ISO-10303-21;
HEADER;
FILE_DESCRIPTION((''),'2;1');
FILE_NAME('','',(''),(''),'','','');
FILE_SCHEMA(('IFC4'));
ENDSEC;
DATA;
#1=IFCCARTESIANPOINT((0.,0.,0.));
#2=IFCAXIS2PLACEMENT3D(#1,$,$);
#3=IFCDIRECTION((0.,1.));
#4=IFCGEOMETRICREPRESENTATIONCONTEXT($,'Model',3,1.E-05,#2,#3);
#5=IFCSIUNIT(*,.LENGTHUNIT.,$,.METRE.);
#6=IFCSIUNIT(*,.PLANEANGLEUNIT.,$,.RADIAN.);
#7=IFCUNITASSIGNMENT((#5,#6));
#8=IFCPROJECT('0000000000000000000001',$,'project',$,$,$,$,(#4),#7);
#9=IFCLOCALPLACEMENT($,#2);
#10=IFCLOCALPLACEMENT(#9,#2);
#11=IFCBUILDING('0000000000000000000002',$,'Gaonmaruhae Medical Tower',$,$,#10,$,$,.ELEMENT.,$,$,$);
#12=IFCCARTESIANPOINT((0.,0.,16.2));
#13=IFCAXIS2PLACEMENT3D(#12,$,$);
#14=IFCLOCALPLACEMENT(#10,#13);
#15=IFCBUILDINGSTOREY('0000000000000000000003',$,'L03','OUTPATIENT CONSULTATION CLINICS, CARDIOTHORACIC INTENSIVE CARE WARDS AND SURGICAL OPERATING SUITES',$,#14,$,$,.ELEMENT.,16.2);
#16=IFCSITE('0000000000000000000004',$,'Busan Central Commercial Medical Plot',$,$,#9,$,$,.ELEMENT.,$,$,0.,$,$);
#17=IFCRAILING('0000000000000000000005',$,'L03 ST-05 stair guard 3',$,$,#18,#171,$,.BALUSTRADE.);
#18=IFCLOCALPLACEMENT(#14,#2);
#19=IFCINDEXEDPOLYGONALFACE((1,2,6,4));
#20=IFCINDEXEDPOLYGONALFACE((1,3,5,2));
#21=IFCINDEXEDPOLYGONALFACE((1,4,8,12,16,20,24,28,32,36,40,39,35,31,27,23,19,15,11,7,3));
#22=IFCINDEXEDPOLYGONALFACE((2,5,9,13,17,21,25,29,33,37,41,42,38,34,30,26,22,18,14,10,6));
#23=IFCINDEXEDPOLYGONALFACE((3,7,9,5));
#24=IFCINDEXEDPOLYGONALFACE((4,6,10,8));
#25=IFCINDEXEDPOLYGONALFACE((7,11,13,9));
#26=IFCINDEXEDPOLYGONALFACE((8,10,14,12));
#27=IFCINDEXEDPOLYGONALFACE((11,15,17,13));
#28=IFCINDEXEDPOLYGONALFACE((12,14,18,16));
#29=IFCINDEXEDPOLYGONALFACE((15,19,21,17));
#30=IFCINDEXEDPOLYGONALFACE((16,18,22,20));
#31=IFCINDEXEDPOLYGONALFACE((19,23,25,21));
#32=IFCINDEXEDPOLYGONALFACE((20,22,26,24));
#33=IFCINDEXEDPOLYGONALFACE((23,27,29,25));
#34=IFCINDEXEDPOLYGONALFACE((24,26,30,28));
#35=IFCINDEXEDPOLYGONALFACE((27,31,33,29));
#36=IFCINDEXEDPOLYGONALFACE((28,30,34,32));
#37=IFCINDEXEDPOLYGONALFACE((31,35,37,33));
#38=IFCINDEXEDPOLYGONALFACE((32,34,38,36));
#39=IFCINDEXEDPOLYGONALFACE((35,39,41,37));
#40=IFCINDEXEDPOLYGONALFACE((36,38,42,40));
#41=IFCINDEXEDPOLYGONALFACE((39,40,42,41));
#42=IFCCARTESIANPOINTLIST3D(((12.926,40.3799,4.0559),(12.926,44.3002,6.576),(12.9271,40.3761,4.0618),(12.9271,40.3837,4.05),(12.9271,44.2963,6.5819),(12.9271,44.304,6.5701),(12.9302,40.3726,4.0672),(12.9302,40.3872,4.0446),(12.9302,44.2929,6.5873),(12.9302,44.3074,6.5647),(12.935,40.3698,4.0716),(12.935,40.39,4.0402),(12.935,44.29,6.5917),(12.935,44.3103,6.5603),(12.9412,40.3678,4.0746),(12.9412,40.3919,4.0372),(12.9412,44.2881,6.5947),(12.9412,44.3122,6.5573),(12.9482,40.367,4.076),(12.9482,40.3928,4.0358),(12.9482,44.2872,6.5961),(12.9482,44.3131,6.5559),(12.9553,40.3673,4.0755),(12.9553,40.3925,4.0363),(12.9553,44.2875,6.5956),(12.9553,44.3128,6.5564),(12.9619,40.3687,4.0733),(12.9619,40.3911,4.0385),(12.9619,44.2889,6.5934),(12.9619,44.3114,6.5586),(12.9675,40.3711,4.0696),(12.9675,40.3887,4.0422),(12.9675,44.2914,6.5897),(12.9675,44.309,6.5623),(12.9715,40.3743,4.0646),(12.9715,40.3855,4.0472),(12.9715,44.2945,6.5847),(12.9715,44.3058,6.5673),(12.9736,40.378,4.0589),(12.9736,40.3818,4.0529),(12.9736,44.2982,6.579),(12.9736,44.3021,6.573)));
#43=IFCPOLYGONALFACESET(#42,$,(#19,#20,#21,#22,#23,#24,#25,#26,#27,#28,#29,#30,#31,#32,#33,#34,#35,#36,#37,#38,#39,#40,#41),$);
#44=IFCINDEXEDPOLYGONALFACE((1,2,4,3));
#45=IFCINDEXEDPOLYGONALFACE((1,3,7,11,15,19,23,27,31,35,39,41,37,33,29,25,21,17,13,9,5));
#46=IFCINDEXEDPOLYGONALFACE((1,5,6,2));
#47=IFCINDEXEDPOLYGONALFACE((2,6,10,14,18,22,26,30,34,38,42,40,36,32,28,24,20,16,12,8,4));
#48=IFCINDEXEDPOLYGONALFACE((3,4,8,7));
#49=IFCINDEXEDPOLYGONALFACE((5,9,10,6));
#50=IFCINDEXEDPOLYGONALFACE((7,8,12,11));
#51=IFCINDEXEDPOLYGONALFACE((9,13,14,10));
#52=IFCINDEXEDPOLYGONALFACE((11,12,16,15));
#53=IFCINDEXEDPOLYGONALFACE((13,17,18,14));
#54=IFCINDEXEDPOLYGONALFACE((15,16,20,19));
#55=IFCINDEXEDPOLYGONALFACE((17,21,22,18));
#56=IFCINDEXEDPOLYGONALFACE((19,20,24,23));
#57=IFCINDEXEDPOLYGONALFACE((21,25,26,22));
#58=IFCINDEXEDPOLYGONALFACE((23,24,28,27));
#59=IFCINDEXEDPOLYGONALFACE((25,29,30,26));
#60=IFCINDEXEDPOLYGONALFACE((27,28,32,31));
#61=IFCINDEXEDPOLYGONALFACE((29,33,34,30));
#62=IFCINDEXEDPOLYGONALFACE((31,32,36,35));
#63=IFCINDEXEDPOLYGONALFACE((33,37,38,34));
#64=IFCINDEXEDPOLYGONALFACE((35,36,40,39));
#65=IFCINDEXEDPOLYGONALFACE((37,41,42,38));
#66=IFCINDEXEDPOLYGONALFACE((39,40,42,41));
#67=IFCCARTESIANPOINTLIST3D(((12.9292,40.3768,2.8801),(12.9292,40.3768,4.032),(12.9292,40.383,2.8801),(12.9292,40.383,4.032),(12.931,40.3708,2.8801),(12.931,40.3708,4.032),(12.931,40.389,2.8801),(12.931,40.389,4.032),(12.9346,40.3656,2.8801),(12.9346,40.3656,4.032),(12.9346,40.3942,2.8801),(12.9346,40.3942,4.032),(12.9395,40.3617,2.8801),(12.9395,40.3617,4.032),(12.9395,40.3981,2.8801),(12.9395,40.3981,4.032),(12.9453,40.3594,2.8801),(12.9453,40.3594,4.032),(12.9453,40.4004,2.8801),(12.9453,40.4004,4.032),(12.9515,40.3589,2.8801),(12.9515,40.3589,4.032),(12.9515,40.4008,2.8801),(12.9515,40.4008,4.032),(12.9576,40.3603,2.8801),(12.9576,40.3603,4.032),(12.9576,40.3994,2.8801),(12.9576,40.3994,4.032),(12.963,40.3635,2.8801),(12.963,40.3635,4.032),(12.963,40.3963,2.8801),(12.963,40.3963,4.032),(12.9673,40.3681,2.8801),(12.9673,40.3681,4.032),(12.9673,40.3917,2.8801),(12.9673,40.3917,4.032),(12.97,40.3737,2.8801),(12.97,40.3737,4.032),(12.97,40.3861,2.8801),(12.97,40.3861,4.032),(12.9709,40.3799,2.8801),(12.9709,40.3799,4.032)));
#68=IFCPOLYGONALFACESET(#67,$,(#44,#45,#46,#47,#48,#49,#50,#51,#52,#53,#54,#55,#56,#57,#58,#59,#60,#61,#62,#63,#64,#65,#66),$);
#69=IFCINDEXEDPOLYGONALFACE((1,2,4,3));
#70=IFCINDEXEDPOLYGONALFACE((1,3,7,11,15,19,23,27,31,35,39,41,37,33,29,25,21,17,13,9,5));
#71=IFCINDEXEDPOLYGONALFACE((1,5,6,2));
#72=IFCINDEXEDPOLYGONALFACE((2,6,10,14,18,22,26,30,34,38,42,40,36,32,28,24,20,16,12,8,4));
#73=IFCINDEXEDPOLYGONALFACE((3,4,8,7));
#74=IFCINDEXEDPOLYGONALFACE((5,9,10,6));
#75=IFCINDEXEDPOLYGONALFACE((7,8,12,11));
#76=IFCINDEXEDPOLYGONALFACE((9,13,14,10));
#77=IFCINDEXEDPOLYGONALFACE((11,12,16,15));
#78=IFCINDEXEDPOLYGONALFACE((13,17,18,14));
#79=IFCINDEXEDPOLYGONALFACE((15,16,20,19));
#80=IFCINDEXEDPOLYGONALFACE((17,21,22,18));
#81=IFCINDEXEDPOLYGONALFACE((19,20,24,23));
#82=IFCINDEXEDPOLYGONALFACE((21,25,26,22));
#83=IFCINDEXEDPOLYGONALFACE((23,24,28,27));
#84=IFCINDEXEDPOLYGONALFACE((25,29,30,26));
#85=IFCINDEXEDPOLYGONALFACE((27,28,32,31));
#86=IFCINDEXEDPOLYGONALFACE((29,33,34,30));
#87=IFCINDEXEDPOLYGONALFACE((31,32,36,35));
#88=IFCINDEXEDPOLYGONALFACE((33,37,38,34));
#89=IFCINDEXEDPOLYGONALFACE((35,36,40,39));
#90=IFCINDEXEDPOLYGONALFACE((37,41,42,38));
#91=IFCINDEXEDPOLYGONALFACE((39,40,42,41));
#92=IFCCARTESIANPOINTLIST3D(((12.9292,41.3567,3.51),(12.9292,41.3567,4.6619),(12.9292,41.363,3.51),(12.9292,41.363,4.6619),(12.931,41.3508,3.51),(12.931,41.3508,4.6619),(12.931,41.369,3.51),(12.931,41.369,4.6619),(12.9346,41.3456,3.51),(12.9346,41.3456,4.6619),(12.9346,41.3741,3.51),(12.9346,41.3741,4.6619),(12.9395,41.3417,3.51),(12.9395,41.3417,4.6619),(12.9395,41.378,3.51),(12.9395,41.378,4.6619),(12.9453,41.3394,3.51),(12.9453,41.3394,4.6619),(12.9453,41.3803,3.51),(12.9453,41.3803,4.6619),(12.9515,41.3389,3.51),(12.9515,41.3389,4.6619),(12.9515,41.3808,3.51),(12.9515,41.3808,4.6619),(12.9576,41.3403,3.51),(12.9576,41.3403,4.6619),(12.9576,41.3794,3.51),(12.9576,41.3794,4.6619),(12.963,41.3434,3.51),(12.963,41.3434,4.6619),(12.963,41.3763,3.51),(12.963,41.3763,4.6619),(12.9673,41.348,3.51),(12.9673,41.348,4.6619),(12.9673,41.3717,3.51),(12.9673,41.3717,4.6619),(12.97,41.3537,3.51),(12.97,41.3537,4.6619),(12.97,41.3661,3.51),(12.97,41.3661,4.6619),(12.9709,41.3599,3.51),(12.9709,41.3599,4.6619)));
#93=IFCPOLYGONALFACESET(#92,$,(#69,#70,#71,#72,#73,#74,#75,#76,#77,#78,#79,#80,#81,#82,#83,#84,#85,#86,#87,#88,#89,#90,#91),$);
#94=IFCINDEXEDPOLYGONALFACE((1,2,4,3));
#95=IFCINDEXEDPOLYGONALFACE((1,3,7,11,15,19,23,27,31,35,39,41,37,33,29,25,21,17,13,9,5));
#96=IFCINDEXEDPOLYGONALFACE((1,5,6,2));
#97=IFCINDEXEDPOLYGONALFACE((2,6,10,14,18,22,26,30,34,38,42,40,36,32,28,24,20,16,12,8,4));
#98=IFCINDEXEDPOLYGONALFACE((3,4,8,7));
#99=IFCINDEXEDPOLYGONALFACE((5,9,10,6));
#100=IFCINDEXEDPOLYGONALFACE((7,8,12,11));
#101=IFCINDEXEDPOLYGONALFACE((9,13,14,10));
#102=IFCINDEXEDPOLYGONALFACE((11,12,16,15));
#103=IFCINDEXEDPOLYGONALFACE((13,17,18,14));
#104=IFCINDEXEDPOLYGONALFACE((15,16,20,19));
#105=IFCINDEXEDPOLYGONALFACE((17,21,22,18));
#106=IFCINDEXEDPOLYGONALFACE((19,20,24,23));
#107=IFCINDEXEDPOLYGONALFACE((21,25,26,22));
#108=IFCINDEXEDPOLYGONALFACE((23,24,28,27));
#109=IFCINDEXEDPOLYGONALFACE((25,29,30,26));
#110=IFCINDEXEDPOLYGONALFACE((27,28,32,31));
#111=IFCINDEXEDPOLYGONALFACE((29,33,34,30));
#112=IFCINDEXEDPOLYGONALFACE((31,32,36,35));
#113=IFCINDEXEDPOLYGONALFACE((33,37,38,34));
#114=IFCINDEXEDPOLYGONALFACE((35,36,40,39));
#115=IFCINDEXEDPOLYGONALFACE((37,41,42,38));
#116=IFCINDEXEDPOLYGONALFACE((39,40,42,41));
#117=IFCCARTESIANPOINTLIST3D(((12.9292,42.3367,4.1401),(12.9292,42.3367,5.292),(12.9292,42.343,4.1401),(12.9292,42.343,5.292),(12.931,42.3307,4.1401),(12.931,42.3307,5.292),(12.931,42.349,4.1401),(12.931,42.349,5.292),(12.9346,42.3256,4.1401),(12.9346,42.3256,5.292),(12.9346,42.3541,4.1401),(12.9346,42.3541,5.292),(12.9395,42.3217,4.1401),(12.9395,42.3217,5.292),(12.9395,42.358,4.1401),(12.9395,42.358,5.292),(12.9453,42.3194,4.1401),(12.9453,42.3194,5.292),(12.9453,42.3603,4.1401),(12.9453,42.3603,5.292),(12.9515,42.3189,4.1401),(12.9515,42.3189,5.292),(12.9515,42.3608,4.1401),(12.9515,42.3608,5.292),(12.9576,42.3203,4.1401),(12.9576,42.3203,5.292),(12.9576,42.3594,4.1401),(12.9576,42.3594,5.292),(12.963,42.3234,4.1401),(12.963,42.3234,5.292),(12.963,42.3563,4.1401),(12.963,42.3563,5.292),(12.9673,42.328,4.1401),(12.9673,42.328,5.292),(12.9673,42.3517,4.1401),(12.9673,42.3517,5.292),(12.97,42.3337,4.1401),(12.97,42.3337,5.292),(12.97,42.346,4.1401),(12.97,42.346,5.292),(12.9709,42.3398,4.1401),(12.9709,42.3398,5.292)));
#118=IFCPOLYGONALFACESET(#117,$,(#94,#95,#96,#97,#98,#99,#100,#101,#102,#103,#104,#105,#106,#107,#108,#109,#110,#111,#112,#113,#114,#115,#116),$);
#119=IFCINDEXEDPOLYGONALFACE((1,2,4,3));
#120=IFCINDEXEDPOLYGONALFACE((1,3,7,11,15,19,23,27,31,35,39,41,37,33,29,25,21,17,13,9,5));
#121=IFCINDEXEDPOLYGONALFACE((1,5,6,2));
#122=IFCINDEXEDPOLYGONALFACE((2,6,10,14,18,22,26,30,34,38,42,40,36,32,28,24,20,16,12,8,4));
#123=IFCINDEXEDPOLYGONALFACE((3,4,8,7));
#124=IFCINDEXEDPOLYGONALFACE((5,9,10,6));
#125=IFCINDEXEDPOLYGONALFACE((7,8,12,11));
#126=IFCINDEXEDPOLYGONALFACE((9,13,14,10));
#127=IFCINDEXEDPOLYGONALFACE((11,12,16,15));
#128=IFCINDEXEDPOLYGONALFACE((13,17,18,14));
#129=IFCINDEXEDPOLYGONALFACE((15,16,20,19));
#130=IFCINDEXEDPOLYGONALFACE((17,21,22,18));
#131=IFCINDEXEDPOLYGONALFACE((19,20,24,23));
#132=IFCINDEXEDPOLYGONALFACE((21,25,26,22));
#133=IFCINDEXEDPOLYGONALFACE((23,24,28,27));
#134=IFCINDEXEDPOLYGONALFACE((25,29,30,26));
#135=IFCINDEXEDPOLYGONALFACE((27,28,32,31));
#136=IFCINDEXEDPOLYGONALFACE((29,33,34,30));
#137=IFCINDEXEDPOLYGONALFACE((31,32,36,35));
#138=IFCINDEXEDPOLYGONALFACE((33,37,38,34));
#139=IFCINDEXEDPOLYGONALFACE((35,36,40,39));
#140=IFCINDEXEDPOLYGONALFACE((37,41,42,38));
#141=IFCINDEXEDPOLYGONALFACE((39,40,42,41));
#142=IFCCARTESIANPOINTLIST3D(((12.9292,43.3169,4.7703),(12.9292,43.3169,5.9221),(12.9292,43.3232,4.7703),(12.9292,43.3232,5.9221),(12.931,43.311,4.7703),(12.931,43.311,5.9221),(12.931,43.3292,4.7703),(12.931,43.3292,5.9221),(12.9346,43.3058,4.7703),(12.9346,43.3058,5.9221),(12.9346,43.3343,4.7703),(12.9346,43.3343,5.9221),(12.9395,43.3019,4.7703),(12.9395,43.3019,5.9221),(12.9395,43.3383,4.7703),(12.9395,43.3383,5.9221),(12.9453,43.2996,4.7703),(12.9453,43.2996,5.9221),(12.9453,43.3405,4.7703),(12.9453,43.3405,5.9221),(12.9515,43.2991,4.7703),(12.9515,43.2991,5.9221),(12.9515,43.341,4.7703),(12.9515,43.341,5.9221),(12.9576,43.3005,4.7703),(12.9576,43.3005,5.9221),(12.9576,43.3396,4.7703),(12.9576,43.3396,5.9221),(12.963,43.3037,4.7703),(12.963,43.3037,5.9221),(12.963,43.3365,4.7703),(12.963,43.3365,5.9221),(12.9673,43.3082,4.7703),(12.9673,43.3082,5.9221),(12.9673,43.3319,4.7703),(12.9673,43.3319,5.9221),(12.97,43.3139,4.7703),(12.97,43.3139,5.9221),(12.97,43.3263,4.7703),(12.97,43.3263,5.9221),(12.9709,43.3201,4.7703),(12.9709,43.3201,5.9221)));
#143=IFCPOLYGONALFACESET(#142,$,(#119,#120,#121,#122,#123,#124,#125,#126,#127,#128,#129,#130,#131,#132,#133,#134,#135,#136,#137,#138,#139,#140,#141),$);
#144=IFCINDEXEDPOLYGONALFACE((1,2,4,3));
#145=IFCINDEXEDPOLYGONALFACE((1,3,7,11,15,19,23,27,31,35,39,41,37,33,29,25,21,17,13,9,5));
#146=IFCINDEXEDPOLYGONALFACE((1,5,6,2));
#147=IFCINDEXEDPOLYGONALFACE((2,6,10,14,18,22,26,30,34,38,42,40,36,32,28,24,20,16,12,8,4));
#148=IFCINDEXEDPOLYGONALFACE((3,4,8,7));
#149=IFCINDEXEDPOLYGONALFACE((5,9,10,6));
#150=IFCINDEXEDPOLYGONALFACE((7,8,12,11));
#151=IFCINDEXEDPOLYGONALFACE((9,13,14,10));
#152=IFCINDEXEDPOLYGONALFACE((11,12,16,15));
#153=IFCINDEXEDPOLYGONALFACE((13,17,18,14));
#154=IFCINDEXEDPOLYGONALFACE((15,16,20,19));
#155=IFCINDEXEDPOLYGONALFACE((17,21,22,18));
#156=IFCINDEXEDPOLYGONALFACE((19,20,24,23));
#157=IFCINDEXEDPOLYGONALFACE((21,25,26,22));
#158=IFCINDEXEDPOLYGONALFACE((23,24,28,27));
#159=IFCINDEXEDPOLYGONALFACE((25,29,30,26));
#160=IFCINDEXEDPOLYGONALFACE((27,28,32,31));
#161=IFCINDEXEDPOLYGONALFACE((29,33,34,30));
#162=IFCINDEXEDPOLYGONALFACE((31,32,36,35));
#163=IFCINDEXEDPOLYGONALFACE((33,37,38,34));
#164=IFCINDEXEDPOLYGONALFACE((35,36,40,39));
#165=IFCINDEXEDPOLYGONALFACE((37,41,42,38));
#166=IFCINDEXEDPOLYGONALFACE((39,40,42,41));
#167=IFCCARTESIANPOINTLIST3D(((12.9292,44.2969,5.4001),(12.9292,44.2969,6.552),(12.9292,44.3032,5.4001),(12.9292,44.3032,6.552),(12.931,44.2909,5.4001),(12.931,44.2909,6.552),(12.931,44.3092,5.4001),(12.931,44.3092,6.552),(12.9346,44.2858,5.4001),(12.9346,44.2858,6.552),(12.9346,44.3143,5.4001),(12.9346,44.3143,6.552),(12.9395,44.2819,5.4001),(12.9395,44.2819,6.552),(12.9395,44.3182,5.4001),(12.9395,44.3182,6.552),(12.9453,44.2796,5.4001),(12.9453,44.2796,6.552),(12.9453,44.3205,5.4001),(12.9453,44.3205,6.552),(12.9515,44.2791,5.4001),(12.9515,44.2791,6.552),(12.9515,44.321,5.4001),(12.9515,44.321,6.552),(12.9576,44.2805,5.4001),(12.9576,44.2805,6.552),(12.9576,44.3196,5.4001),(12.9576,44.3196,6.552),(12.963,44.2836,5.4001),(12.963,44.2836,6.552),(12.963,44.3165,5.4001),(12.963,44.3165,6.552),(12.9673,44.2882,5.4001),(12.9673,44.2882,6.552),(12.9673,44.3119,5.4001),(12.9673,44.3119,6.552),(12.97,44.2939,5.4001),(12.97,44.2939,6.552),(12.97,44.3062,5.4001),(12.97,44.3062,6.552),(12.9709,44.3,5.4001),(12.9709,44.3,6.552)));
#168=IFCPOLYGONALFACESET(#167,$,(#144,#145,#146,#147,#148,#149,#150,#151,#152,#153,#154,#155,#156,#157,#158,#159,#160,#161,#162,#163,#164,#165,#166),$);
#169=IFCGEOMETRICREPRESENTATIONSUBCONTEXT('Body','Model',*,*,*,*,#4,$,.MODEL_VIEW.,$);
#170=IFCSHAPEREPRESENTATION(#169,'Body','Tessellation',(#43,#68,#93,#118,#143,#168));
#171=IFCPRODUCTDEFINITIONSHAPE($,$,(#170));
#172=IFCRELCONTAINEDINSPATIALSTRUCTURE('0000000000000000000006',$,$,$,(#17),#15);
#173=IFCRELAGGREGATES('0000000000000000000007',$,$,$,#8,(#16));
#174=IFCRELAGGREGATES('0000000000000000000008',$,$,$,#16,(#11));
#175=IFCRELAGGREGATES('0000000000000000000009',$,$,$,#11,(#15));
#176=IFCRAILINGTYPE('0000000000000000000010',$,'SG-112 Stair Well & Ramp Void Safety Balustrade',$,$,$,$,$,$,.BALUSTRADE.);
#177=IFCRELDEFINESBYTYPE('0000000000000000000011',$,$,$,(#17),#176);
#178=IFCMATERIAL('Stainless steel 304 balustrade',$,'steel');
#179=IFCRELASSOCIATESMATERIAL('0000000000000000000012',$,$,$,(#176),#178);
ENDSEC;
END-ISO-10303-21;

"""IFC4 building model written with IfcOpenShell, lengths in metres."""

from ifc_helpers import new_model, si_unit, direction, frame, origin, origin_2d, place, context, subcontext, project, spatial, circle, extrude, material, type_object, element, save


model = new_model("IFC4")

# Units and contexts
model_context = context("Model", 3, precision=1e-05, world=origin(), true_north=direction((0.0, 1.0)))
body_context = subcontext(model_context, "Body", "Model", "MODEL_VIEW")
ifc_project = project(units=[si_unit("LENGTHUNIT", "METRE"), si_unit("PLANEANGLEUNIT", "RADIAN")], contexts=[model_context])

# Site, building, storey
site_placement = place(None, origin())
site = spatial("IfcSite", under=ifc_project, at=site_placement, Name="Busan Central Commercial Medical Plot", CompositionType="ELEMENT", RefElevation=0.0)
building_placement = place(site_placement, origin())
building = spatial("IfcBuilding", under=site, at=building_placement, Name="Gaonmaruhae Medical Tower", CompositionType="ELEMENT")
storey_placement = place(building_placement, frame((0.0, 0.0, 16.2)))
storey = spatial("IfcBuildingStorey", under=building, at=storey_placement, Name="L03", Description="OUTPATIENT CONSULTATION CLINICS, CARDIOTHORACIC INTENSIVE CARE WARDS AND SURGICAL OPERATING SUITES", CompositionType="ELEMENT", Elevation=16.2)

# Railing
ifc_material_1 = material(Name="Stainless steel 304 balustrade", Category="steel")
railing_type_1 = type_object("IfcRailingType", Name="SG-112 Stair Well & Ramp Void Safety Balustrade", PredefinedType="BALUSTRADE", material=ifc_material_1)
railing_1_placement = place(storey_placement, frame((12.95, 40.3799, 2.8801)))
element("IfcRailing", 1, at=railing_1_placement, inside=storey, type_object=railing_type_1, Name="L03 ST-05 stair guard 3", PredefinedType="BALUSTRADE", context=body_context, shape_type="SweptSolid", body=[
    extrude(circle(Radius=0.0239, at=origin_2d()), frame((0.0, 0.0, 1.1758), z_axis=(0.0, 0.841187, 0.540744), x_axis=(-1.0, 0.0, 0.0)), (0.0, 0.0, 1.0), 4.6604),
    extrude(circle(Radius=0.021, at=origin_2d()), origin(), (0.0, 0.0, 1.0), 1.1519),
    extrude(circle(Radius=0.021, at=origin_2d()), frame((0.0, 0.98, 0.6299)), (0.0, 0.0, 1.0), 1.1519),
    extrude(circle(Radius=0.021, at=origin_2d()), frame((0.0, 1.96, 1.26)), (0.0, 0.0, 1.0), 1.1519),
    extrude(circle(Radius=0.021, at=origin_2d()), frame((0.0, 2.9402, 1.8901)), (0.0, 0.0, 1.0), 1.1519),
    extrude(circle(Radius=0.021, at=origin_2d()), frame((0.0, 3.9202, 2.52)), (0.0, 0.0, 1.0), 1.1519),
])

save(model, "model.ifc")
